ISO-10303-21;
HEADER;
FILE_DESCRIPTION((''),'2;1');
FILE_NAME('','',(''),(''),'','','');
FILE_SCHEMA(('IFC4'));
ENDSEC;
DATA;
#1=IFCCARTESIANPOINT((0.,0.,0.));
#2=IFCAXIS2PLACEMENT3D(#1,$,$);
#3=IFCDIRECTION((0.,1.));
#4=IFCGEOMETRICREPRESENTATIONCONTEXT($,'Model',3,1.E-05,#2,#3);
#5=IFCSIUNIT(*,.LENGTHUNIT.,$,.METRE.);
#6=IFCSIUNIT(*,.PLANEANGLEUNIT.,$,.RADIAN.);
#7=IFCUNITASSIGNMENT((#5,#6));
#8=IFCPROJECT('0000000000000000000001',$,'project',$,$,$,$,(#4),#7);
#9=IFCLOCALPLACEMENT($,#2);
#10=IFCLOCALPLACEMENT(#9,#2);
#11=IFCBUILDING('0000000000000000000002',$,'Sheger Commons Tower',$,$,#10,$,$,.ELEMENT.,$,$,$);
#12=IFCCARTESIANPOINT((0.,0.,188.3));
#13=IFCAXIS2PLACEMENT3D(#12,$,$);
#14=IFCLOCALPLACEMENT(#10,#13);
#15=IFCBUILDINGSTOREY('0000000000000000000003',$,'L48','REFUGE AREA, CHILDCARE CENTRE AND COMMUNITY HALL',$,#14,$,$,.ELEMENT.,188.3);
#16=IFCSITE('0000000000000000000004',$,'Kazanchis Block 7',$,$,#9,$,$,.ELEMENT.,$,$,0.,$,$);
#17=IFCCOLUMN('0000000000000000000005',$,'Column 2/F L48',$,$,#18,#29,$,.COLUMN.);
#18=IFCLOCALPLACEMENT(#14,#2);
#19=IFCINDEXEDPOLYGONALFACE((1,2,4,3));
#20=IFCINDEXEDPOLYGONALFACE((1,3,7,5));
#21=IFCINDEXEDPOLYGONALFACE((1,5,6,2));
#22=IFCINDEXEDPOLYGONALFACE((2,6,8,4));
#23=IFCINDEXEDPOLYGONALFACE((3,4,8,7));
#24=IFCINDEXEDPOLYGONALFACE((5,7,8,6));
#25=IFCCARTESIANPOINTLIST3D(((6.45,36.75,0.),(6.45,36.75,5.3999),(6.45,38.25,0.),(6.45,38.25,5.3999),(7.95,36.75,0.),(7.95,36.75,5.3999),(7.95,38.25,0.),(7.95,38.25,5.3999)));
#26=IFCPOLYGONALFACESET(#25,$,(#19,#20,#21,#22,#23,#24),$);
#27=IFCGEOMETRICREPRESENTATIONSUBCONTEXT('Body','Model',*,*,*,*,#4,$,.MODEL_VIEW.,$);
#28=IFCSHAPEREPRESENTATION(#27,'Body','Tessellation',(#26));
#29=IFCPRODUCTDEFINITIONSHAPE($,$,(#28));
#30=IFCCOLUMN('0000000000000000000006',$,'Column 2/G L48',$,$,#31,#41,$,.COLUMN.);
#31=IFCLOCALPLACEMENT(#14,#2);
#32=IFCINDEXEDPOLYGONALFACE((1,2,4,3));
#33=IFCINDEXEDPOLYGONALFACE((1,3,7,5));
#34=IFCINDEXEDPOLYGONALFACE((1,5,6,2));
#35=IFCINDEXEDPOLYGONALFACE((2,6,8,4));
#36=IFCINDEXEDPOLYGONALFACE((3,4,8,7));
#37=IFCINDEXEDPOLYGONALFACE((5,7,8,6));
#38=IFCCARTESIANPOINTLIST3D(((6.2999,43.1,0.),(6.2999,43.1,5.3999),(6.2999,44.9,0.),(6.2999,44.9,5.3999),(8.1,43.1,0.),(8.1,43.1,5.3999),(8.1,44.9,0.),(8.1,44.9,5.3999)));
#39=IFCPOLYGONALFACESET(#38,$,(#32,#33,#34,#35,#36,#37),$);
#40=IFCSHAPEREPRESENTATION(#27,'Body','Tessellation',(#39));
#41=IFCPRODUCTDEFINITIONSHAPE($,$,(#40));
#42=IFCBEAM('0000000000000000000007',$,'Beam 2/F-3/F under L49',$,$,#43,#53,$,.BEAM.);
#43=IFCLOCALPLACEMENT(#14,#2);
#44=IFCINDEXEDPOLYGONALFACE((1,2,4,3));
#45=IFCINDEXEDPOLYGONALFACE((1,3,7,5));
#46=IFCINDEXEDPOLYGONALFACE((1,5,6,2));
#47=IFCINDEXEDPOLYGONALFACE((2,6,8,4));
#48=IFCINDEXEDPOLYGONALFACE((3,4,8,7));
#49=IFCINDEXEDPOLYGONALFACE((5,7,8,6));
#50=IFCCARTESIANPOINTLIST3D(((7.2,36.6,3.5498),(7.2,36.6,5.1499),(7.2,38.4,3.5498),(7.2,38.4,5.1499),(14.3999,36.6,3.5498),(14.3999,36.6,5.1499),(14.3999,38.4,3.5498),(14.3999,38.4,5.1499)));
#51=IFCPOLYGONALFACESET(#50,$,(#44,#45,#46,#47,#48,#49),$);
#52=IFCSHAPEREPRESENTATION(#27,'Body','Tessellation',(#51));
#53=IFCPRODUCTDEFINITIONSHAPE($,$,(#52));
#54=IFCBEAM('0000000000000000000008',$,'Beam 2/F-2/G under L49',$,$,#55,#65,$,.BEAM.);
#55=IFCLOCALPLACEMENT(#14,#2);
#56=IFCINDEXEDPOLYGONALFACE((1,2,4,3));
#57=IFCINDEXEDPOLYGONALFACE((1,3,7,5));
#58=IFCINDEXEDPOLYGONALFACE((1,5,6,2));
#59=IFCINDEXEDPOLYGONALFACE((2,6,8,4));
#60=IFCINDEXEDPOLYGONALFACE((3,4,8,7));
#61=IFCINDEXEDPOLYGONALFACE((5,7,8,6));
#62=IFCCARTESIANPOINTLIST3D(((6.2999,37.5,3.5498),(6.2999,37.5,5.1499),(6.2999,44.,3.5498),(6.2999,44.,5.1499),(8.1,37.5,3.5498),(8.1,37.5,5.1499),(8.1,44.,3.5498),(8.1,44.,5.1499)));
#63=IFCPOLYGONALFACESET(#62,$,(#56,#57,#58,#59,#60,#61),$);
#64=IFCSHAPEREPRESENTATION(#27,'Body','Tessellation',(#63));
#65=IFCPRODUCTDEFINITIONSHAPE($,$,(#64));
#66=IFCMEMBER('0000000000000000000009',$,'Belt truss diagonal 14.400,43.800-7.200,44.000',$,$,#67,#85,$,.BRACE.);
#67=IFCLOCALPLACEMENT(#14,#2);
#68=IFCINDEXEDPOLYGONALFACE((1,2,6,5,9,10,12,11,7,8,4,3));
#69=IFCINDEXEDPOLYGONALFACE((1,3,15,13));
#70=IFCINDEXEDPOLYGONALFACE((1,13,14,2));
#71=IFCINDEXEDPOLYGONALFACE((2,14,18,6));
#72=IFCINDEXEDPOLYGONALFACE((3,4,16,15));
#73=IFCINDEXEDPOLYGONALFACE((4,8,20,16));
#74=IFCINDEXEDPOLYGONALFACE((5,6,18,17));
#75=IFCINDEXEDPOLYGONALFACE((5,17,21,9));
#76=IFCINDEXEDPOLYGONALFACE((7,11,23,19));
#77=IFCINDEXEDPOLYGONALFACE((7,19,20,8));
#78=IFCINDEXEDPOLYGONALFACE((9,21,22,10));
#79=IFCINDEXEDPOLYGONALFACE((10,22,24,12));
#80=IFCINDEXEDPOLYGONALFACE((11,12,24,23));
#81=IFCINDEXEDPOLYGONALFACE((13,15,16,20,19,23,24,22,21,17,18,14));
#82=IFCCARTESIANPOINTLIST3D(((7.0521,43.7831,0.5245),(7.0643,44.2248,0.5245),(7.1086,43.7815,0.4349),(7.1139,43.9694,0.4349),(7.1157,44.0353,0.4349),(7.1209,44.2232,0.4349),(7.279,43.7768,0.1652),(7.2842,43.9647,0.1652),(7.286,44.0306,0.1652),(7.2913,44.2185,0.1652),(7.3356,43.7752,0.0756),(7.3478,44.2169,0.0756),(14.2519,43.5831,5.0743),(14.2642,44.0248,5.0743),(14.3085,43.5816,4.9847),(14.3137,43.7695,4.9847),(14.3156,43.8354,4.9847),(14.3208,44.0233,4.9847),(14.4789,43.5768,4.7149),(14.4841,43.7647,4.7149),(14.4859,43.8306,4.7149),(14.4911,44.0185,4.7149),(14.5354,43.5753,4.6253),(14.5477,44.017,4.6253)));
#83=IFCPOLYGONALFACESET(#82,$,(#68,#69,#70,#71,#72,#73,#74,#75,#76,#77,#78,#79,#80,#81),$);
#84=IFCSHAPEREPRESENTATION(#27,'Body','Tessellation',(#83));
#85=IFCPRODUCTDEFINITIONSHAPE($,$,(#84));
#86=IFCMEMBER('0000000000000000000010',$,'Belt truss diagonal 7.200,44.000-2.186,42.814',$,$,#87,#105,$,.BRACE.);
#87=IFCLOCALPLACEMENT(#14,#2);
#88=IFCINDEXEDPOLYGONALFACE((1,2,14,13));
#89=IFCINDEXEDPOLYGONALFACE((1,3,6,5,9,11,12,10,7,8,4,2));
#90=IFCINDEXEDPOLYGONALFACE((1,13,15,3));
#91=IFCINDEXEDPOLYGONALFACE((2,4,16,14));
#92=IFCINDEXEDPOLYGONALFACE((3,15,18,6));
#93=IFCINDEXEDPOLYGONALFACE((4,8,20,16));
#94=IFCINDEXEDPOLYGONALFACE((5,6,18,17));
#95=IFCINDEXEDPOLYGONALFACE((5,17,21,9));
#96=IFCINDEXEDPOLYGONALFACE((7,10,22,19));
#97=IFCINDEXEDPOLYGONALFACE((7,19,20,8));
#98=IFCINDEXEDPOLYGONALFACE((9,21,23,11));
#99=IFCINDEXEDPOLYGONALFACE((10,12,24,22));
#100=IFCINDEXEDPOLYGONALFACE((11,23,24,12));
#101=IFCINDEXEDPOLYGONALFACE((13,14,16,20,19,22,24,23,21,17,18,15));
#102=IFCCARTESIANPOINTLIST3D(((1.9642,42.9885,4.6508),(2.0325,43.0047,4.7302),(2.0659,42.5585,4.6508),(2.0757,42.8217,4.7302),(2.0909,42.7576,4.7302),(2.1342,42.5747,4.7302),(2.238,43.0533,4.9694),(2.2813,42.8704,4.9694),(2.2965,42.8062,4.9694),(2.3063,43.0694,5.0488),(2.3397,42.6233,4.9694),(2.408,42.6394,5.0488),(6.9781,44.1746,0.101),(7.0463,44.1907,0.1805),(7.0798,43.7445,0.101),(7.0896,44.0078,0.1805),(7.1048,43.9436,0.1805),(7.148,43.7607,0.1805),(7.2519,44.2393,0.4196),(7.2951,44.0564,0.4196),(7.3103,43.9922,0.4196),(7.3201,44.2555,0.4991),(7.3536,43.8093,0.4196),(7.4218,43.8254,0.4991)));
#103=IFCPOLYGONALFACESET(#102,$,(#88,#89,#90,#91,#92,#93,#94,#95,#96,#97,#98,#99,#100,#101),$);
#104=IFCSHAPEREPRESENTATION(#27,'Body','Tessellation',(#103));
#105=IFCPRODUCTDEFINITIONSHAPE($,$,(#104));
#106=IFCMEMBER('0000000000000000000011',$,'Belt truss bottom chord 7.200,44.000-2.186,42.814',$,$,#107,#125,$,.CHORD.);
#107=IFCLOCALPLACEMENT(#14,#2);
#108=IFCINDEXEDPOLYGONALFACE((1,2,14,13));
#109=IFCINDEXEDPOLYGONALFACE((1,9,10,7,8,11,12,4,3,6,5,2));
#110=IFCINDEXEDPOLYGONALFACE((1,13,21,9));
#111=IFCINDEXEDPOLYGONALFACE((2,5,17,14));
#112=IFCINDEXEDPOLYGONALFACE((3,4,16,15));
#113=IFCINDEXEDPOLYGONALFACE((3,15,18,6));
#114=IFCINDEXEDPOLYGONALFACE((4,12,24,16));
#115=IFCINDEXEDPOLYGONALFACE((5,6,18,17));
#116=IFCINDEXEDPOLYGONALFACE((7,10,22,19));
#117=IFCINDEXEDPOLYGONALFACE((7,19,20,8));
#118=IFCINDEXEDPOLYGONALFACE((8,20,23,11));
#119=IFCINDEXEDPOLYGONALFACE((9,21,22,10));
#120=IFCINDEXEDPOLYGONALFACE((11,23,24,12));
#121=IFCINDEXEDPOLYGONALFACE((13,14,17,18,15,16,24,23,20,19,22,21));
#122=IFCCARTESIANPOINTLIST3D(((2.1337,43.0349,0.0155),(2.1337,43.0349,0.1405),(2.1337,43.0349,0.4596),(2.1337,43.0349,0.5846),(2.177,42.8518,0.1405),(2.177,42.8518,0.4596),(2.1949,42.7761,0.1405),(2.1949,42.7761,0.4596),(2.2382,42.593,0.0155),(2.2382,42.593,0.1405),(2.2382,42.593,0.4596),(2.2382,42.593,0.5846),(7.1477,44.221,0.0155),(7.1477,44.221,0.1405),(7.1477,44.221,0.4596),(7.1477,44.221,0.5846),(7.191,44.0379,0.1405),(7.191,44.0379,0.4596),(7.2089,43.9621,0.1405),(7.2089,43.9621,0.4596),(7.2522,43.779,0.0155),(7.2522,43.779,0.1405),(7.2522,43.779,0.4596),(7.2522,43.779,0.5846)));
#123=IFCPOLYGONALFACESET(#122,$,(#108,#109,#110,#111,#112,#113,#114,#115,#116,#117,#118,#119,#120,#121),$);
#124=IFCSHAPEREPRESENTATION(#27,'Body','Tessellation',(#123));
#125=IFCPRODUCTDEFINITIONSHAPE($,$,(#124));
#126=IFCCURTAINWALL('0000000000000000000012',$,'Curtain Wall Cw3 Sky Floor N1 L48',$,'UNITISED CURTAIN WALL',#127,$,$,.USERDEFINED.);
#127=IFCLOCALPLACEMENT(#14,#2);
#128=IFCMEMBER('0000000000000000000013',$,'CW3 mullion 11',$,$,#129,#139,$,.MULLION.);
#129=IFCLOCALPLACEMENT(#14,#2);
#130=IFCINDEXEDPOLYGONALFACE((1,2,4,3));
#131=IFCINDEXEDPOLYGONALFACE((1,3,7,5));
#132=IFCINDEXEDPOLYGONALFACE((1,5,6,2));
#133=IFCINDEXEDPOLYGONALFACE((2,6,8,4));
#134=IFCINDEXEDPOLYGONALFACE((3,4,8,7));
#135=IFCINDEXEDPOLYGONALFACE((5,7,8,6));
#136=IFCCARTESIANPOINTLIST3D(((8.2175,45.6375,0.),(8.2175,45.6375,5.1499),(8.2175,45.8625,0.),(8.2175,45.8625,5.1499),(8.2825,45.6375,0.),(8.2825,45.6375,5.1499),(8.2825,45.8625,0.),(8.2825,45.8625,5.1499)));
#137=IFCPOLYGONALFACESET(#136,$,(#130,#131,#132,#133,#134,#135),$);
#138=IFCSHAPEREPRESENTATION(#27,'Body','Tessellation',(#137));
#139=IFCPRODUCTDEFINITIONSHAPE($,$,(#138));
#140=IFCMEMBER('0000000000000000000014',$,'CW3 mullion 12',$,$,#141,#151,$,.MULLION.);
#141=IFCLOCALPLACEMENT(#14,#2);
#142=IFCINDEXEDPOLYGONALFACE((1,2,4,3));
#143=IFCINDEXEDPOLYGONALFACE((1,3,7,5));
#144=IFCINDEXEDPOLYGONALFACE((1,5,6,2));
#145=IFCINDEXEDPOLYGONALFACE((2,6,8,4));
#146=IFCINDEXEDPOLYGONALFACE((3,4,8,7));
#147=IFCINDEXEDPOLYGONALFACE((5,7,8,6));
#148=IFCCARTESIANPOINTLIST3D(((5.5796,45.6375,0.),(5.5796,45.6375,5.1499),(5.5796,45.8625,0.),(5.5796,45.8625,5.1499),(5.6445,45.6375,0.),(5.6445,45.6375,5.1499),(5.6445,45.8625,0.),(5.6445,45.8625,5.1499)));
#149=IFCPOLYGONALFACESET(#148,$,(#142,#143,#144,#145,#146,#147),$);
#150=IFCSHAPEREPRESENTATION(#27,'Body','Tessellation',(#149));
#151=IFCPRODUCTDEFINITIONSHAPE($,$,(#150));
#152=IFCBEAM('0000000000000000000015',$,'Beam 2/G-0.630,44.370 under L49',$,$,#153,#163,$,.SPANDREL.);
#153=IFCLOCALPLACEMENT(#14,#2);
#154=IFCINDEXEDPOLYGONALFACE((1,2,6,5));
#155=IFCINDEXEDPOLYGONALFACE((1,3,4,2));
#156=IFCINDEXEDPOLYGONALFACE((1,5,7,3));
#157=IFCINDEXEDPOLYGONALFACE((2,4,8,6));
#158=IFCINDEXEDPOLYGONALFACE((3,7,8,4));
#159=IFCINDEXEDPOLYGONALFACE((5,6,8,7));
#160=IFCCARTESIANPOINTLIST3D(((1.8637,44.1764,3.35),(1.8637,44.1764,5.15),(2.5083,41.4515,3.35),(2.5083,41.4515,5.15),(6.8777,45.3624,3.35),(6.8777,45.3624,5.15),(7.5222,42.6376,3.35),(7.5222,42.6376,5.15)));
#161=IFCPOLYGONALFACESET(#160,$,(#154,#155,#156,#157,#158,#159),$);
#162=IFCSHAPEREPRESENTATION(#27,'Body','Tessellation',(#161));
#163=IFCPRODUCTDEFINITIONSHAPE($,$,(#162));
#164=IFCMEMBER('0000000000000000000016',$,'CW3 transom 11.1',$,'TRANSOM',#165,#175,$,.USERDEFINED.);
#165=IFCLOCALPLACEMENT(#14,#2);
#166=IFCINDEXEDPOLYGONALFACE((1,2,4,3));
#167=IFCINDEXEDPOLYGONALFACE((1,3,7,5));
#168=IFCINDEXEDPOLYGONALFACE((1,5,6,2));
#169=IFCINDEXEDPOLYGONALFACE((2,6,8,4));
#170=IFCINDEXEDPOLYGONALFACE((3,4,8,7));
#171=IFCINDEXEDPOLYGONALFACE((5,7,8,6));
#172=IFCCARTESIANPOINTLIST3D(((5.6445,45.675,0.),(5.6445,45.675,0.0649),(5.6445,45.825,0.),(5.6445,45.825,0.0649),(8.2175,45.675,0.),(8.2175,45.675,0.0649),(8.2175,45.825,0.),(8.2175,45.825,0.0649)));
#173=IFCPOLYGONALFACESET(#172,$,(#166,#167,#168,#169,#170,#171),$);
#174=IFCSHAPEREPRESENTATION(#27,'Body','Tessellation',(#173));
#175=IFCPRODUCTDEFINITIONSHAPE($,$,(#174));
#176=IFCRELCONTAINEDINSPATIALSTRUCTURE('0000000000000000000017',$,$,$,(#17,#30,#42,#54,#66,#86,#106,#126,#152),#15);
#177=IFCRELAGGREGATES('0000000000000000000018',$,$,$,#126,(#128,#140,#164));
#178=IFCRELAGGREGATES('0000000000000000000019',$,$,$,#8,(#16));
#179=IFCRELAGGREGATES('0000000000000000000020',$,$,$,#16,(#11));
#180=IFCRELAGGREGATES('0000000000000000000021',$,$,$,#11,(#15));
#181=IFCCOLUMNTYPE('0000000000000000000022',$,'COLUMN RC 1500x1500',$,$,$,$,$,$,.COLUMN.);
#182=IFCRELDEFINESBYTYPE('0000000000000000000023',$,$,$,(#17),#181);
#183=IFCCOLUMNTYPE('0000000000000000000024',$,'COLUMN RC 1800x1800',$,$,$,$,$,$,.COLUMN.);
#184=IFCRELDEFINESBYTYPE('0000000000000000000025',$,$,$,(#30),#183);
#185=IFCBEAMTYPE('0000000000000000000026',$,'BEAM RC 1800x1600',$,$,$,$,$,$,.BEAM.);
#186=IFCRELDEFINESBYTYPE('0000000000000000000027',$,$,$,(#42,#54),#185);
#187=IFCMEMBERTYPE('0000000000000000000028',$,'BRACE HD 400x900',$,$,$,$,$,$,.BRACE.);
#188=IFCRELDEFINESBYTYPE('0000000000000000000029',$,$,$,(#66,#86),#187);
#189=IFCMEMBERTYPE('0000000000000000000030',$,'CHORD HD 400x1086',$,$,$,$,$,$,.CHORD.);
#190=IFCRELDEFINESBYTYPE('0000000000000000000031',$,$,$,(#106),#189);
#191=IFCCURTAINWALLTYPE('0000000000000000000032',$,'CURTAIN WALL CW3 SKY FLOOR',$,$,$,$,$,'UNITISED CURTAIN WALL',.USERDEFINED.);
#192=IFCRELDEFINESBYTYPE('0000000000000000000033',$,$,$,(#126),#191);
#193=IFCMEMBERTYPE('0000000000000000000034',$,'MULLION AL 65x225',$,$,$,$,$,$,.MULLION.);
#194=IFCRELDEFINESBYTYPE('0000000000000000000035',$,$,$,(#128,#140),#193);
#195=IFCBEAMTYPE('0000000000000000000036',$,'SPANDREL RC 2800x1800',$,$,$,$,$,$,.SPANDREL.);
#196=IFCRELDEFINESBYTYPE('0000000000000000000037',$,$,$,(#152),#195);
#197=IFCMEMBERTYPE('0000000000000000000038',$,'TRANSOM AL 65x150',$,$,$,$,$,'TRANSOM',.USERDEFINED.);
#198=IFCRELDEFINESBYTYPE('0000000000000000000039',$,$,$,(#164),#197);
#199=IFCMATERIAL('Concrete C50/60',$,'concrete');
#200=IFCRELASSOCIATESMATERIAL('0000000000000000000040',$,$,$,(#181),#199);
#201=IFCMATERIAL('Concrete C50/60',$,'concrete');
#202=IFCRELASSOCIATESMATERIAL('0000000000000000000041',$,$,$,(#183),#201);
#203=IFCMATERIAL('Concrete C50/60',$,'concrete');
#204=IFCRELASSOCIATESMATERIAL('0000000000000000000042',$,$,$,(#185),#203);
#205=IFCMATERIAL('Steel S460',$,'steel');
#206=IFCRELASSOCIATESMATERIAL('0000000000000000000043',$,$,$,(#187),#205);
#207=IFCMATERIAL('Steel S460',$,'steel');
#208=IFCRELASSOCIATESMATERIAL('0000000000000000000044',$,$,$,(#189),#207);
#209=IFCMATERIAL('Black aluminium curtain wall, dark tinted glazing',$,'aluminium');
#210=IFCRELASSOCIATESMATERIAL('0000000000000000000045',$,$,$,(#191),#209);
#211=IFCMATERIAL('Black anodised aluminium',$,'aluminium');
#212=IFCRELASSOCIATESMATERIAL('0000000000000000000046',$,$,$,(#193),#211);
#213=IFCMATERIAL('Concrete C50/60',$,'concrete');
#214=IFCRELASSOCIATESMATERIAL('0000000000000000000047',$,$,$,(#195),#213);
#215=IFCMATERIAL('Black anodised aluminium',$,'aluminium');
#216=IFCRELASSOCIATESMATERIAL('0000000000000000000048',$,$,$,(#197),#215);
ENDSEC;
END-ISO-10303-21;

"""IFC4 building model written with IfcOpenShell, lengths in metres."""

from ifc_helpers import new_model, si_unit, direction, frame, origin, origin_2d, place, context, subcontext, project, spatial, rectangle, i_section, extrude, material, material_profile, profile_set, type_object, element, aggregate, save


model = new_model("IFC4")

# Units and contexts
model_context = context("Model", 3, precision=1e-05, world=origin(), true_north=direction((0.0, 1.0)))
body_context = subcontext(model_context, "Body", "Model", "MODEL_VIEW")
ifc_project = project(units=[si_unit("LENGTHUNIT", "METRE"), si_unit("PLANEANGLEUNIT", "RADIAN")], contexts=[model_context])

# Site, building, storey
site_placement = place(None, origin())
site = spatial("IfcSite", under=ifc_project, at=site_placement, Name="Kazanchis Block 7", CompositionType="ELEMENT", RefElevation=0.0)
building_placement = place(site_placement, origin())
building = spatial("IfcBuilding", under=site, at=building_placement, Name="Sheger Commons Tower", CompositionType="ELEMENT")
storey_placement = place(building_placement, frame((0.0, 0.0, 188.3)))
storey = spatial("IfcBuildingStorey", under=building, at=storey_placement, Name="L48", Description="REFUGE AREA, CHILDCARE CENTRE AND COMMUNITY HALL", CompositionType="ELEMENT", Elevation=188.3)

# Columns
ifc_material_1 = material(Name="Concrete C50/60", Category="concrete")
ifc_material_profile_1 = material_profile(ifc_material_1, rectangle(XDim=1.5, YDim=1.5, at=origin_2d()), Name="RC 1500x1500")
ifc_profile_set_1 = profile_set([ifc_material_profile_1], Name="Concrete C50/60")
column_type_1 = type_object("IfcColumnType", Name="COLUMN RC 1500x1500", PredefinedType="COLUMN", material=ifc_profile_set_1)
column_1_placement = place(storey_placement, frame((7.2, 37.5, 0.0), z_axis=(0.0, 0.0, 1.0), x_axis=(1.0, 0.0, 0.0)))
element("IfcColumn", 1, at=column_1_placement, inside=storey, type_object=column_type_1, Name="Column 2/F L48", PredefinedType="COLUMN", context=body_context, shape_type="SweptSolid", body=[
    extrude(rectangle(XDim=1.5, YDim=1.5, at=origin_2d()), origin(), (0.0, 0.0, 1.0), 5.3999),
])
ifc_material_2 = material(Name="Concrete C50/60", Category="concrete")
ifc_material_profile_2 = material_profile(ifc_material_2, rectangle(XDim=1.8, YDim=1.8, at=origin_2d()), Name="RC 1800x1800")
ifc_profile_set_2 = profile_set([ifc_material_profile_2], Name="Concrete C50/60")
column_type_2 = type_object("IfcColumnType", Name="COLUMN RC 1800x1800", PredefinedType="COLUMN", material=ifc_profile_set_2)
column_2_placement = place(storey_placement, frame((7.2, 44.0, 0.0), z_axis=(0.0, 0.0, 1.0), x_axis=(1.0, 0.0, 0.0)))
element("IfcColumn", 2, at=column_2_placement, inside=storey, type_object=column_type_2, Name="Column 2/G L48", PredefinedType="COLUMN", context=body_context, shape_type="SweptSolid", body=[
    extrude(rectangle(XDim=1.8, YDim=1.8, at=origin_2d()), origin(), (0.0, 0.0, 1.0), 5.3999),
])

# Beams
ifc_material_3 = material(Name="Concrete C50/60", Category="concrete")
ifc_material_profile_3 = material_profile(ifc_material_3, rectangle(XDim=1.8, YDim=1.6001, at=origin_2d()), Name="RC 1800x1600")
ifc_profile_set_3 = profile_set([ifc_material_profile_3], Name="Concrete C50/60")
beam_type_1 = type_object("IfcBeamType", Name="BEAM RC 1800x1600", PredefinedType="BEAM", material=ifc_profile_set_3)
beam_1_placement = place(storey_placement, frame((7.2, 37.5, 4.3499), z_axis=(1.0, 0.0, 0.0), x_axis=(0.0, 1.0, 0.0)))
element("IfcBeam", 3, at=beam_1_placement, inside=storey, type_object=beam_type_1, Name="Beam 2/F-3/F under L49", PredefinedType="BEAM", context=body_context, shape_type="SweptSolid", body=[
    extrude(rectangle(XDim=1.8, YDim=1.6001, at=origin_2d()), origin(), (0.0, 0.0, 1.0), 7.2),
])
beam_2_placement = place(storey_placement, frame((7.2, 37.5, 4.3499), z_axis=(0.0, 1.0, 0.0), x_axis=(-1.0, 0.0, 0.0)))
element("IfcBeam", 4, at=beam_2_placement, inside=storey, type_object=beam_type_1, Name="Beam 2/F-2/G under L49", PredefinedType="BEAM", context=body_context, shape_type="SweptSolid", body=[
    extrude(rectangle(XDim=1.8, YDim=1.6001, at=origin_2d()), origin(), (0.0, 0.0, 1.0), 6.5),
])

# Members
ifc_material_4 = material(Name="Steel S460", Category="steel")
ifc_material_profile_4 = material_profile(ifc_material_4, i_section(OverallWidth=0.4419, OverallDepth=0.531, WebThickness=0.0659, FlangeThickness=0.106, at=origin_2d()), Name="HD 400x900")
ifc_profile_set_4 = profile_set([ifc_material_profile_4], Name="Steel S460")
member_type_1 = type_object("IfcMemberType", Name="BRACE HD 400x900", PredefinedType="BRACE", material=ifc_profile_set_4)
member_1_placement = place(storey_placement, frame((7.2, 44.0, 0.3), z_axis=(0.845125, -0.02347, 0.534053), x_axis=(0.02776, 0.999615, 0.0)))
element("IfcMember", 5, at=member_1_placement, inside=storey, type_object=member_type_1, Name="Belt truss diagonal 14.400,43.800-7.200,44.000", PredefinedType="BRACE", context=body_context, shape_type="SweptSolid", body=[
    extrude(i_section(OverallWidth=0.4419, OverallDepth=0.531, WebThickness=0.0659, FlangeThickness=0.106, at=origin_2d()), origin(), (0.0, 0.0, 1.0), 8.5193),
])
member_2_placement = place(storey_placement, frame((7.2, 44.0, 0.3), z_axis=(-0.729442, -0.172549, 0.661922), x_axis=(0.230196, -0.973144, 0.0)))
element("IfcMember", 6, at=member_2_placement, inside=storey, type_object=member_type_1, Name="Belt truss diagonal 7.200,44.000-2.186,42.814", PredefinedType="BRACE", context=body_context, shape_type="SweptSolid", body=[
    extrude(i_section(OverallWidth=0.4419, OverallDepth=0.531, WebThickness=0.0659, FlangeThickness=0.106, at=origin_2d()), origin(), (0.0, 0.0, 1.0), 6.8735),
])
ifc_material_5 = material(Name="Steel S460", Category="steel")
ifc_material_profile_5 = material_profile(ifc_material_5, i_section(OverallWidth=0.4541, OverallDepth=0.5691, WebThickness=0.0779, FlangeThickness=0.125, at=origin_2d()), Name="HD 400x1086")
ifc_profile_set_5 = profile_set([ifc_material_profile_5], Name="Steel S460")
member_type_2 = type_object("IfcMemberType", Name="CHORD HD 400x1086", PredefinedType="CHORD", material=ifc_profile_set_5)
member_3_placement = place(storey_placement, frame((7.2, 44.0, 0.3), z_axis=(-0.973144, -0.230196, 0.0), x_axis=(0.230196, -0.973144, 0.0)))
element("IfcMember", 7, at=member_3_placement, inside=storey, type_object=member_type_2, Name="Belt truss bottom chord 7.200,44.000-2.186,42.814", PredefinedType="CHORD", context=body_context, shape_type="SweptSolid", body=[
    extrude(i_section(OverallWidth=0.4541, OverallDepth=0.5691, WebThickness=0.0779, FlangeThickness=0.125, at=origin_2d()), origin(), (0.0, 0.0, 1.0), 5.1523),
])

# Curtain wall, members
ifc_material_6 = material(Name="Black aluminium curtain wall, dark tinted glazing", Category="aluminium")
curtain_wall_type = type_object("IfcCurtainWallType", Name="CURTAIN WALL CW3 SKY FLOOR", ElementType="UNITISED CURTAIN WALL", PredefinedType="USERDEFINED", material=ifc_material_6)
curtain_wall_placement = place(storey_placement, origin())
curtain_wall = element("IfcCurtainWall", 8, at=curtain_wall_placement, inside=storey, type_object=curtain_wall_type, Name="Curtain Wall Cw3 Sky Floor N1 L48", ObjectType="UNITISED CURTAIN WALL", PredefinedType="USERDEFINED")
ifc_material_7 = material(Name="Black anodised aluminium", Category="aluminium")
ifc_material_profile_6 = material_profile(ifc_material_7, rectangle(XDim=0.2251, YDim=0.0649, at=origin_2d()), Name="AL 65x225")
ifc_profile_set_6 = profile_set([ifc_material_profile_6], Name="Black anodised aluminium")
member_type_3 = type_object("IfcMemberType", Name="MULLION AL 65x225", PredefinedType="MULLION", material=ifc_profile_set_6)
member_4_placement = place(storey_placement, frame((8.25, 45.75, 0.0), z_axis=(0.0, 0.0, 1.0), x_axis=(0.0, -1.0, 0.0)))
member_4 = element("IfcMember", 9, at=member_4_placement, type_object=member_type_3, Name="CW3 mullion 11", PredefinedType="MULLION", context=body_context, shape_type="SweptSolid", body=[
    extrude(rectangle(XDim=0.2251, YDim=0.0649, at=origin_2d()), origin(), (0.0, 0.0, 1.0), 5.1499),
])
member_5_placement = place(storey_placement, frame((5.6121, 45.75, 0.0), z_axis=(0.0, 0.0, 1.0), x_axis=(0.0, -1.0, 0.0)))
member_5 = element("IfcMember", 10, at=member_5_placement, type_object=member_type_3, Name="CW3 mullion 12", PredefinedType="MULLION", context=body_context, shape_type="SweptSolid", body=[
    extrude(rectangle(XDim=0.2251, YDim=0.0649, at=origin_2d()), origin(), (0.0, 0.0, 1.0), 5.1499),
])

# Beam
ifc_material_8 = material(Name="Concrete C50/60", Category="concrete")
ifc_material_profile_7 = material_profile(ifc_material_8, rectangle(XDim=2.8, YDim=1.8, at=origin_2d()), Name="RC 2800x1800")
ifc_profile_set_7 = profile_set([ifc_material_profile_7], Name="Concrete C50/60")
beam_type_2 = type_object("IfcBeamType", Name="SPANDREL RC 2800x1800", PredefinedType="SPANDREL", material=ifc_profile_set_7)
beam_3_placement = place(storey_placement, frame((7.2, 44.0, 4.25), z_axis=(-0.973144, -0.230196, 0.0), x_axis=(0.230196, -0.973144, 0.0)))
element("IfcBeam", 11, at=beam_3_placement, inside=storey, type_object=beam_type_2, Name="Beam 2/G-0.630,44.370 under L49", PredefinedType="SPANDREL", context=body_context, shape_type="SweptSolid", body=[
    extrude(rectangle(XDim=2.8, YDim=1.8, at=origin_2d()), origin(), (0.0, 0.0, 1.0), 5.1523),
])

# Member
ifc_material_9 = material(Name="Black anodised aluminium", Category="aluminium")
ifc_material_profile_8 = material_profile(ifc_material_9, rectangle(XDim=0.1499, YDim=0.0649, at=origin_2d()), Name="AL 65x150")
ifc_profile_set_8 = profile_set([ifc_material_profile_8], Name="Black anodised aluminium")
member_type_4 = type_object("IfcMemberType", Name="TRANSOM AL 65x150", ElementType="TRANSOM", PredefinedType="USERDEFINED", material=ifc_profile_set_8)
member_6_placement = place(storey_placement, frame((8.2175, 45.75, 0.0325), z_axis=(-1.0, 0.0, 0.0), x_axis=(0.0, -1.0, 0.0)))
member_6 = element("IfcMember", 12, at=member_6_placement, type_object=member_type_4, Name="CW3 transom 11.1", ObjectType="TRANSOM", PredefinedType="USERDEFINED", context=body_context, shape_type="SweptSolid", body=[
    extrude(rectangle(XDim=0.1499, YDim=0.0649, at=origin_2d()), origin(), (0.0, 0.0, 1.0), 2.573),
])

aggregate(curtain_wall, [member_4, member_5, member_6])

save(model, "model.ifc")
